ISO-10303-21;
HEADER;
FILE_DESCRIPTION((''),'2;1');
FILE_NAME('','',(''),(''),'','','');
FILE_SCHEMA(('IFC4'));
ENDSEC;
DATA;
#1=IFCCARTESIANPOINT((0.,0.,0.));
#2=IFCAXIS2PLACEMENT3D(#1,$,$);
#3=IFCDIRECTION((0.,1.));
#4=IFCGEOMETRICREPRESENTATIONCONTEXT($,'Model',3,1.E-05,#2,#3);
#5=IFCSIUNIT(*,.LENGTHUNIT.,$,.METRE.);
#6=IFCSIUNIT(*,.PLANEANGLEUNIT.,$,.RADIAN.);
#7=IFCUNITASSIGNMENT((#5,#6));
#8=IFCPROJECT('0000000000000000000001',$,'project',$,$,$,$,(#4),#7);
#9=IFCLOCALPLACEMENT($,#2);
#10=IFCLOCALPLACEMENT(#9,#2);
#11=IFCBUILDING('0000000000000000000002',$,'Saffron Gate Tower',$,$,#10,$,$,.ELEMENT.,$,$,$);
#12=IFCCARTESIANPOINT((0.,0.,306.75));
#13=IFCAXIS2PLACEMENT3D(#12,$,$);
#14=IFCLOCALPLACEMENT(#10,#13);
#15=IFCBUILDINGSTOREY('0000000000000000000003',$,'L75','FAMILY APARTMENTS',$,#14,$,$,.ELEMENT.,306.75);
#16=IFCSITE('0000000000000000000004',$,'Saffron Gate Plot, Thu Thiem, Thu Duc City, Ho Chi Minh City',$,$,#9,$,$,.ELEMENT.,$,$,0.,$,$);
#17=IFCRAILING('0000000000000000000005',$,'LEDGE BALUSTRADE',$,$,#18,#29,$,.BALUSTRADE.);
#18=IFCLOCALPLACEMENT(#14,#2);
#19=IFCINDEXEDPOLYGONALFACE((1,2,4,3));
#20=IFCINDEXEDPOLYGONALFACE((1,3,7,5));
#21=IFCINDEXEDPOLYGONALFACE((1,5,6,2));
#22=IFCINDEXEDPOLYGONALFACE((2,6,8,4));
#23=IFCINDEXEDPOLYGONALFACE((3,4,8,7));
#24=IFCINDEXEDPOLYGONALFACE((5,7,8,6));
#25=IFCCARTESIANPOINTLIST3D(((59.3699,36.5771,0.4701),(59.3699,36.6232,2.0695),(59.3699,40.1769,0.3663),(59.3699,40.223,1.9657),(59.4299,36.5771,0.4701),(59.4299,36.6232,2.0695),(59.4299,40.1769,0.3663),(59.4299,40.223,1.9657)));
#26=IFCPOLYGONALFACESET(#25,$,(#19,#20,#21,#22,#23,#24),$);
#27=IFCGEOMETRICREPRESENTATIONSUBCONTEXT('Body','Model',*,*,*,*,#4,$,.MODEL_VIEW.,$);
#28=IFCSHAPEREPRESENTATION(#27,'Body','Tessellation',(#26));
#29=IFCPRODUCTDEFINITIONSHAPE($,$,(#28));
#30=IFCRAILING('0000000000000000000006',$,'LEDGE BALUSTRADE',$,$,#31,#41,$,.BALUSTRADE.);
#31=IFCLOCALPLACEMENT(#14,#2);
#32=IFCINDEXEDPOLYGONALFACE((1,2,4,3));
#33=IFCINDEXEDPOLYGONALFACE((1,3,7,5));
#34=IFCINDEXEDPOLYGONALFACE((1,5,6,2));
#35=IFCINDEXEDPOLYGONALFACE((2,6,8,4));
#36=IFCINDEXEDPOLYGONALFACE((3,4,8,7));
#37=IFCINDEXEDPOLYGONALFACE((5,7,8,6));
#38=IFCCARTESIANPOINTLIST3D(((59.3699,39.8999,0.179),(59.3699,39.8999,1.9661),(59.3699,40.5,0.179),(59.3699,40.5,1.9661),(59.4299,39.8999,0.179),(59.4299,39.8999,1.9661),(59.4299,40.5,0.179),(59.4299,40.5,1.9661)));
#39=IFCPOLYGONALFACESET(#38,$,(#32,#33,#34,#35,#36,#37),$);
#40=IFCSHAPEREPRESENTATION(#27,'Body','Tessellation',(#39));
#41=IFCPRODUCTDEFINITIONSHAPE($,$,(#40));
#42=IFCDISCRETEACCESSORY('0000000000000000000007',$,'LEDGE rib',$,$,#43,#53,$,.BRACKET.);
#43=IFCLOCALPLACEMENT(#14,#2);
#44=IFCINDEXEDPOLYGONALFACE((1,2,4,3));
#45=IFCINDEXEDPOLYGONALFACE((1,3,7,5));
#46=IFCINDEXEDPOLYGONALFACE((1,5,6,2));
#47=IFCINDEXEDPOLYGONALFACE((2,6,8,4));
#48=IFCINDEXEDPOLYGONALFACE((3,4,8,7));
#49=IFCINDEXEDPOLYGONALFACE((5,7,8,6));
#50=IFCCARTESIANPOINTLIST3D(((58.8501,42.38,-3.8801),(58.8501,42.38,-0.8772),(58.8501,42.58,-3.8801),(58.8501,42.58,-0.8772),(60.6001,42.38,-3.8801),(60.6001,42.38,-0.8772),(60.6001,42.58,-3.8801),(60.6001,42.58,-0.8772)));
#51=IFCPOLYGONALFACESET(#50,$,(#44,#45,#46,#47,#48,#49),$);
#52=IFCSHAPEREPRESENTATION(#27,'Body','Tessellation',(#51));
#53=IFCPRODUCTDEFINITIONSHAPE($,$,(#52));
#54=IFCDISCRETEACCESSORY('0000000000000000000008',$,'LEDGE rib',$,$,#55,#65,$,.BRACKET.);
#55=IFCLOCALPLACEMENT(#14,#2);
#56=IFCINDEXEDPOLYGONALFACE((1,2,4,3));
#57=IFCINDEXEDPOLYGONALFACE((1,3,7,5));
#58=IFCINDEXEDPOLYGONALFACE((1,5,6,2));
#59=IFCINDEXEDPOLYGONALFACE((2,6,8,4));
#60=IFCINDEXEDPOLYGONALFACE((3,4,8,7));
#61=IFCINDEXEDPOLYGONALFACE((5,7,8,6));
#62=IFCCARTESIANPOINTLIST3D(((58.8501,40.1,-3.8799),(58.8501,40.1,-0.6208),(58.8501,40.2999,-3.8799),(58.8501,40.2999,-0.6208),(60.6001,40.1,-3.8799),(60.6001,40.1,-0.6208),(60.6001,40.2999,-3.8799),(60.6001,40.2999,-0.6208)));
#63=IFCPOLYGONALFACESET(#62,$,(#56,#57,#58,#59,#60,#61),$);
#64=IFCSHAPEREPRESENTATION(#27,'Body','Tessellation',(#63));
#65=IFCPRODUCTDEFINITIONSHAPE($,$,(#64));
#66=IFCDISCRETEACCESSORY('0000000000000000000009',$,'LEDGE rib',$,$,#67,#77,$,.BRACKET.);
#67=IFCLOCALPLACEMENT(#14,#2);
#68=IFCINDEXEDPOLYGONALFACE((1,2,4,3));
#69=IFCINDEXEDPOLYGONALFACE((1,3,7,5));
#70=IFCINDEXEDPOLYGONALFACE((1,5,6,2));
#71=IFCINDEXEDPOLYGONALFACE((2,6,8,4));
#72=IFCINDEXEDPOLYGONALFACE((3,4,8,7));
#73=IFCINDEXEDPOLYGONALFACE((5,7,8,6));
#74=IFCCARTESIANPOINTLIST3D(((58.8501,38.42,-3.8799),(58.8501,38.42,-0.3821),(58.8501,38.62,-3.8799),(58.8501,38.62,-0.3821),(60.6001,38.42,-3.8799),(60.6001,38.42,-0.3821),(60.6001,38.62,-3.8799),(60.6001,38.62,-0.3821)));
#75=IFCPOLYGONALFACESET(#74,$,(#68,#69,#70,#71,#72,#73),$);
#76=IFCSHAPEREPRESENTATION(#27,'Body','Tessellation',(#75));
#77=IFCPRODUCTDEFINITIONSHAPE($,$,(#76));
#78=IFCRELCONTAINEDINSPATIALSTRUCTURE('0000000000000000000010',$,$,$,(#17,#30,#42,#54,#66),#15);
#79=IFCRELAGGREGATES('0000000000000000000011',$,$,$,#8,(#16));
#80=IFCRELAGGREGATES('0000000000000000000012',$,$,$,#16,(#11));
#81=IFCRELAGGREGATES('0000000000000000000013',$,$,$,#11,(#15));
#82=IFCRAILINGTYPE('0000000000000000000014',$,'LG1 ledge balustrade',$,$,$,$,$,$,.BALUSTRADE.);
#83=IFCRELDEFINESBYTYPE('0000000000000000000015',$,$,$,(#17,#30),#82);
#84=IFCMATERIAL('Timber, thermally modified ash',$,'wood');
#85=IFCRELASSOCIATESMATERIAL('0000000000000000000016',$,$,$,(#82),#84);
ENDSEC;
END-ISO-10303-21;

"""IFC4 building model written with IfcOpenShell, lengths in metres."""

from ifc_helpers import new_model, si_unit, direction, frame, origin, origin_2d, place, context, subcontext, project, spatial, rectangle, extrude, material, type_object, element, save


model = new_model("IFC4")

# Units and contexts
model_context = context("Model", 3, precision=1e-05, world=origin(), true_north=direction((0.0, 1.0)))
body_context = subcontext(model_context, "Body", "Model", "MODEL_VIEW")
ifc_project = project(units=[si_unit("LENGTHUNIT", "METRE"), si_unit("PLANEANGLEUNIT", "RADIAN")], contexts=[model_context])

# Site, building, storey
site_placement = place(None, origin())
site = spatial("IfcSite", under=ifc_project, at=site_placement, Name="Saffron Gate Plot, Thu Thiem, Thu Duc City, Ho Chi Minh City", CompositionType="ELEMENT", RefElevation=0.0)
building_placement = place(site_placement, origin())
building = spatial("IfcBuilding", under=site, at=building_placement, Name="Saffron Gate Tower", CompositionType="ELEMENT")
storey_placement = place(building_placement, frame((0.0, 0.0, 306.75)))
storey = spatial("IfcBuildingStorey", under=building, at=storey_placement, Name="L75", Description="FAMILY APARTMENTS", CompositionType="ELEMENT", Elevation=306.75)

# Shared definitions
ifc_material_1 = material(Name="Timber, thermally modified ash", Category="wood")

# Railings
railing_type = type_object("IfcRailingType", Name="LG1 ledge balustrade", PredefinedType="BALUSTRADE", material=ifc_material_1)
railing_1_placement = place(storey_placement, frame((59.3999, 40.2, 0.366)))
element("IfcRailing", 1, at=railing_1_placement, inside=storey, type_object=railing_type, Name="LEDGE BALUSTRADE", PredefinedType="BALUSTRADE", context=body_context, shape_type="SweptSolid", body=[
    extrude(rectangle(XDim=0.0601, YDim=1.6001, at=origin_2d()), frame((0.0, 0.0, 0.8), z_axis=(0.0, -0.999585, 0.028811), x_axis=(1.0, 0.0, 0.0)), (0.0, 0.0, 1.0), 3.6013),
])
railing_2_placement = place(storey_placement, frame((59.3999, 40.5, 0.179)))
element("IfcRailing", 2, at=railing_2_placement, inside=storey, type_object=railing_type, Name="LEDGE BALUSTRADE", PredefinedType="BALUSTRADE", context=body_context, shape_type="SweptSolid", body=[
    extrude(rectangle(XDim=0.0601, YDim=1.7871, at=origin_2d()), frame((0.0, 0.0, 0.8936), z_axis=(0.0, -1.0, 0.0), x_axis=(1.0, 0.0, 0.0)), (0.0, 0.0, 1.0), 0.6001),
])

# Discrete accessories
discrete_accessory_1_placement = place(storey_placement, frame((59.7251, 42.48, -3.8801), z_axis=(0.0, 0.0, 1.0), x_axis=(0.0, -1.0, 0.0)))
element("IfcDiscreteAccessory", 3, at=discrete_accessory_1_placement, inside=storey, Name="LEDGE rib", PredefinedType="BRACKET", context=body_context, shape_type="SweptSolid", body=[
    extrude(rectangle(XDim=0.2, YDim=1.75, at=origin_2d()), origin(), (0.0, 0.0, 1.0), 3.0029),
])
discrete_accessory_2_placement = place(storey_placement, frame((59.7251, 40.2, -3.8799), z_axis=(0.0, 0.0, 1.0), x_axis=(0.0, -1.0, 0.0)))
element("IfcDiscreteAccessory", 4, at=discrete_accessory_2_placement, inside=storey, Name="LEDGE rib", PredefinedType="BRACKET", context=body_context, shape_type="SweptSolid", body=[
    extrude(rectangle(XDim=0.2, YDim=1.75, at=origin_2d()), origin(), (0.0, 0.0, 1.0), 3.259),
])
discrete_accessory_3_placement = place(storey_placement, frame((59.7251, 38.52, -3.8799), z_axis=(0.0, 0.0, 1.0), x_axis=(0.0, -1.0, 0.0)))
element("IfcDiscreteAccessory", 5, at=discrete_accessory_3_placement, inside=storey, Name="LEDGE rib", PredefinedType="BRACKET", context=body_context, shape_type="SweptSolid", body=[
    extrude(rectangle(XDim=0.2, YDim=1.75, at=origin_2d()), origin(), (0.0, 0.0, 1.0), 3.4978),
])

save(model, "model.ifc")
